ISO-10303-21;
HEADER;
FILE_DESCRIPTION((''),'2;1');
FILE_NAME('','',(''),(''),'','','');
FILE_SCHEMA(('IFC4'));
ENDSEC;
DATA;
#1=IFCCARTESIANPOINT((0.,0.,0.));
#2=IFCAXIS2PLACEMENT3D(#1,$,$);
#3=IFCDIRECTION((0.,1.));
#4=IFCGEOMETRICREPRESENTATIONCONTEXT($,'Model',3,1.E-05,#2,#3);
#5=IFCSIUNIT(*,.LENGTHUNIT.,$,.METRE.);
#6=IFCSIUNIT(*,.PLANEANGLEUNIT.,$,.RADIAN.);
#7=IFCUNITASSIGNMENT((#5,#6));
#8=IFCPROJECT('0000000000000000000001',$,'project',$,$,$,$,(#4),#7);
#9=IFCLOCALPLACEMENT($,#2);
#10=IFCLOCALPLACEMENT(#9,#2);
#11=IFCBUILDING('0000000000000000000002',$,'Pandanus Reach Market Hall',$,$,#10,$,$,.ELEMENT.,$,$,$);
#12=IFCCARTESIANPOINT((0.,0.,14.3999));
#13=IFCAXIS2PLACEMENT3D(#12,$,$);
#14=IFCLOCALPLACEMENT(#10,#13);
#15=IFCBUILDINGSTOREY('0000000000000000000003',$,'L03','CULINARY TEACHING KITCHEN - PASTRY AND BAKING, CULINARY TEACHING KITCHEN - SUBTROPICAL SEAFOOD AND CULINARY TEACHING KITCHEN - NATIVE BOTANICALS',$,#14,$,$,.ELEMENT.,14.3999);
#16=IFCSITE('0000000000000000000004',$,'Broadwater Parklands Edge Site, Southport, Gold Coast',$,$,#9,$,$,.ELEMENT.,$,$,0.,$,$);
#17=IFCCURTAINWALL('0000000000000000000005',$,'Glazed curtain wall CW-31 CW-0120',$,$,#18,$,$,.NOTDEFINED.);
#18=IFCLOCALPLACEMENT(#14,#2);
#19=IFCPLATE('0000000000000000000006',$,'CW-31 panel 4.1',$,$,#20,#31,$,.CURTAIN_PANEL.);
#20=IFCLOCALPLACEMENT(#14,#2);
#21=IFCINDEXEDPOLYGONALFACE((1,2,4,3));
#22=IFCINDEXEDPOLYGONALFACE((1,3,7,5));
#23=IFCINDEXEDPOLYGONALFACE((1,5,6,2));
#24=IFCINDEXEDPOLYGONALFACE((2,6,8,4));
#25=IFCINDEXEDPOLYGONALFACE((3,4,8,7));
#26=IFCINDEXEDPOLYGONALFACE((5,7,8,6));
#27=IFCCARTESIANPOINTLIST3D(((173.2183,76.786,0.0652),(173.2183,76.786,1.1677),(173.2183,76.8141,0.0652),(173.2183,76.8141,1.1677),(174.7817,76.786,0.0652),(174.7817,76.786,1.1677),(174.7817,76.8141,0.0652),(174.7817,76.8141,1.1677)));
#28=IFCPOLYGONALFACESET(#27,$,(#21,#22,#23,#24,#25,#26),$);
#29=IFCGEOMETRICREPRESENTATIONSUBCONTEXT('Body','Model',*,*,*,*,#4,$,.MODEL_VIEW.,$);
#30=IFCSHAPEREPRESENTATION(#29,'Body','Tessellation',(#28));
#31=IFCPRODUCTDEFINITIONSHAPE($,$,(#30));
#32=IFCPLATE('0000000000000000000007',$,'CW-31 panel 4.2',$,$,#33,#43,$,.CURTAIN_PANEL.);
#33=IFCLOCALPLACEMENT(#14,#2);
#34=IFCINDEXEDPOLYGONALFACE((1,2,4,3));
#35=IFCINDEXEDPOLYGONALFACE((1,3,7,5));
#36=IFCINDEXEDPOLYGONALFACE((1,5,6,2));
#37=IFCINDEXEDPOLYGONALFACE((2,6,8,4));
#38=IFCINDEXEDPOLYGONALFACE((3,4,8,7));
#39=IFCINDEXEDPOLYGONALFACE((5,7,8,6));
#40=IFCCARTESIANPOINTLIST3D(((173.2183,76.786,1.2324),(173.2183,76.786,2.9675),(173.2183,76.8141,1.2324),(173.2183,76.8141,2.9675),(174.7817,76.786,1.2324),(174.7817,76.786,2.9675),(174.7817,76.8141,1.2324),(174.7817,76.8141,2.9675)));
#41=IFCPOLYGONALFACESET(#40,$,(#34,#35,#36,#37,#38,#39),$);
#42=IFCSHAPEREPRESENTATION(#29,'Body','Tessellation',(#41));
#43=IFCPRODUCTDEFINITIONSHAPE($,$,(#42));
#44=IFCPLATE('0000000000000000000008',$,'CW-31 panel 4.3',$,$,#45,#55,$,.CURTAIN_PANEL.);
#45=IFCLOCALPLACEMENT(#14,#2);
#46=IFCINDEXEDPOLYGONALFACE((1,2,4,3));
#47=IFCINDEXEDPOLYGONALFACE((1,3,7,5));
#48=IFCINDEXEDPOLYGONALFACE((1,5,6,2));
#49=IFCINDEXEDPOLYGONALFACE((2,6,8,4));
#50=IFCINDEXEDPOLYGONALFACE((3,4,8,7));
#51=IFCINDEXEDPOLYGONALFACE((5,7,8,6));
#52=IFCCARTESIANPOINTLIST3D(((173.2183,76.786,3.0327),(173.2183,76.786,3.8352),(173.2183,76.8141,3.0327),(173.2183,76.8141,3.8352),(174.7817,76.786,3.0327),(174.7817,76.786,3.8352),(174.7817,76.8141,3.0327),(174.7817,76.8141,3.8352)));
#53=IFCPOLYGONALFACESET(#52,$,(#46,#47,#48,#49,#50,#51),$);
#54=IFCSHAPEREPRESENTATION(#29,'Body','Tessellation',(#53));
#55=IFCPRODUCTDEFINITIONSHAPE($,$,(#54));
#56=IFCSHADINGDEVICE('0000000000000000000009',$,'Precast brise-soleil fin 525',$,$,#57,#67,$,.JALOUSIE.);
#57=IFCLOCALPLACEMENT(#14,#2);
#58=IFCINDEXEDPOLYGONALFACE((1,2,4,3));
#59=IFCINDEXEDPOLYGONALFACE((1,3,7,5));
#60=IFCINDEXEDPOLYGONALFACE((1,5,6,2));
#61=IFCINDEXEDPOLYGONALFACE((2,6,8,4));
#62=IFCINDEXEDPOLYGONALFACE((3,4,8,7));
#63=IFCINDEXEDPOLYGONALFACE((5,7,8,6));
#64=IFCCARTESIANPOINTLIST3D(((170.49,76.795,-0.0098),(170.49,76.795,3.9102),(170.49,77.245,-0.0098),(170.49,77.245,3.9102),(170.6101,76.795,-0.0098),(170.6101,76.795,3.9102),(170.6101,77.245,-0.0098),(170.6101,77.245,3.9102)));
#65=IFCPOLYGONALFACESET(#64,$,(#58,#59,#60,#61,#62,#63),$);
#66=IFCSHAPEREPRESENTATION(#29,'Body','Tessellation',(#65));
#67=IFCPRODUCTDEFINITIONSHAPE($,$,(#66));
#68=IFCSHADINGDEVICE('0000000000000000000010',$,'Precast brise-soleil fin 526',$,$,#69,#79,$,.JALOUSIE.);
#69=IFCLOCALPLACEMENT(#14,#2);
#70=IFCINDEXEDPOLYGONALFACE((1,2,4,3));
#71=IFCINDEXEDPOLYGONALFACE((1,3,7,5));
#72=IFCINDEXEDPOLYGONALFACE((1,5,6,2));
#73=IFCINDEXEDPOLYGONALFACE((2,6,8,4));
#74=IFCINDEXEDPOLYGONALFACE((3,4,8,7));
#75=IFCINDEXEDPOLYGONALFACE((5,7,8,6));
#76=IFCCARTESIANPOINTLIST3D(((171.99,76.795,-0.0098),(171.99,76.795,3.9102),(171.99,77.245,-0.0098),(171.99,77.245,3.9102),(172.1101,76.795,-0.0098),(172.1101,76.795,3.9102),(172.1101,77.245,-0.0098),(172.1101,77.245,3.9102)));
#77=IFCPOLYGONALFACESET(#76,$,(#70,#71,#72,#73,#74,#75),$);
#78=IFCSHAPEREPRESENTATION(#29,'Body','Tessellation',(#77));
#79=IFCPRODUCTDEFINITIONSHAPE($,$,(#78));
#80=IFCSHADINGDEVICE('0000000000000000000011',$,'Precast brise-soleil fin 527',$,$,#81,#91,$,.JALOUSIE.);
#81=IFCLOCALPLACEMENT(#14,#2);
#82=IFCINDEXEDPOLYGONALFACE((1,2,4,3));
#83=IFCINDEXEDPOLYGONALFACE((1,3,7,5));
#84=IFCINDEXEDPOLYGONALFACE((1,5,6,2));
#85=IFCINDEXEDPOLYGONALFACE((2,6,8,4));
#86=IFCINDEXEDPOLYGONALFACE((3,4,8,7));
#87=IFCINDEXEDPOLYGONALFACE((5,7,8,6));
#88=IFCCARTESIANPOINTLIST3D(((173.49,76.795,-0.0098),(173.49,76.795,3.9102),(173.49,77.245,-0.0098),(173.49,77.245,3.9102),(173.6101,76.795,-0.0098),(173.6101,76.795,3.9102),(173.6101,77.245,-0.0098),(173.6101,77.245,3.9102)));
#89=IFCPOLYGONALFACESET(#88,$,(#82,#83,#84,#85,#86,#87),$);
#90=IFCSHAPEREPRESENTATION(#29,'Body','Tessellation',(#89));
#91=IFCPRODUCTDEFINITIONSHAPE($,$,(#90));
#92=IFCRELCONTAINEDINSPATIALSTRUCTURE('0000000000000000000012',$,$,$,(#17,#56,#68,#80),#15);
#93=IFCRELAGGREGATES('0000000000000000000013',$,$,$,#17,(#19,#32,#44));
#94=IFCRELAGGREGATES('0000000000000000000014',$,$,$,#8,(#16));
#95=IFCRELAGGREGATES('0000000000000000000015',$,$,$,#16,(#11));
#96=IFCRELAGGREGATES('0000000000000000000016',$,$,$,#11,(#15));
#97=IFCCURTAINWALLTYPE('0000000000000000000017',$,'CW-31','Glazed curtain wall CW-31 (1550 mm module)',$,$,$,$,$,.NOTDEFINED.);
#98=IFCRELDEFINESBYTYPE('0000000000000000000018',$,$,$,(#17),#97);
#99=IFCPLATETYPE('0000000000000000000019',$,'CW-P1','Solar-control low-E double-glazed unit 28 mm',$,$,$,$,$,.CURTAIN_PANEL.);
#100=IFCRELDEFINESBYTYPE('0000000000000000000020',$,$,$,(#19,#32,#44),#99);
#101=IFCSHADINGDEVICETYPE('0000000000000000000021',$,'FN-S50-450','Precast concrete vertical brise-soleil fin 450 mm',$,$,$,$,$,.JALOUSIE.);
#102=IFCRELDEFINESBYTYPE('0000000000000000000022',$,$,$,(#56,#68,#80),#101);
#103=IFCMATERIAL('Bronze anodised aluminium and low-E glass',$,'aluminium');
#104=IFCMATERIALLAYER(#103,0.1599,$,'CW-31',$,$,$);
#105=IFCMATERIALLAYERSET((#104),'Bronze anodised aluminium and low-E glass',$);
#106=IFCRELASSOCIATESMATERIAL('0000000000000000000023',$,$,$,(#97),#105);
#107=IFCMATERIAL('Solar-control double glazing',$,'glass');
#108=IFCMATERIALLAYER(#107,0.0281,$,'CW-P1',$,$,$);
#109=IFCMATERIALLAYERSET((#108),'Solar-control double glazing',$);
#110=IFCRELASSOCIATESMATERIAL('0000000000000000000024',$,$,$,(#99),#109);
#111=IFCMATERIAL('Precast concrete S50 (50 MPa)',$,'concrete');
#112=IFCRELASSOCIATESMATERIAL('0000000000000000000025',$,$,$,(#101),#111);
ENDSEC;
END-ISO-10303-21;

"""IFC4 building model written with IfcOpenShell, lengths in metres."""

from ifc_helpers import new_model, si_unit, direction, frame, origin, origin_2d, place, context, subcontext, project, spatial, rectangle, extrude, material, layer, layer_set, type_object, element, aggregate, save


model = new_model("IFC4")

# Units and contexts
model_context = context("Model", 3, precision=1e-05, world=origin(), true_north=direction((0.0, 1.0)))
body_context = subcontext(model_context, "Body", "Model", "MODEL_VIEW")
ifc_project = project(units=[si_unit("LENGTHUNIT", "METRE"), si_unit("PLANEANGLEUNIT", "RADIAN")], contexts=[model_context])

# Site, building, storey
site_placement = place(None, origin())
site = spatial("IfcSite", under=ifc_project, at=site_placement, Name="Broadwater Parklands Edge Site, Southport, Gold Coast", CompositionType="ELEMENT", RefElevation=0.0)
building_placement = place(site_placement, origin())
building = spatial("IfcBuilding", under=site, at=building_placement, Name="Pandanus Reach Market Hall", CompositionType="ELEMENT")
storey_placement = place(building_placement, frame((0.0, 0.0, 14.3999)))
storey = spatial("IfcBuildingStorey", under=building, at=storey_placement, Name="L03", Description="CULINARY TEACHING KITCHEN - PASTRY AND BAKING, CULINARY TEACHING KITCHEN - SUBTROPICAL SEAFOOD AND CULINARY TEACHING KITCHEN - NATIVE BOTANICALS", CompositionType="ELEMENT", Elevation=14.3999)

# Curtain wall, plates
ifc_material_1 = material(Name="Bronze anodised aluminium and low-E glass", Category="aluminium")
ifc_layer_1 = layer(ifc_material_1, 0.1599, Name="CW-31")
ifc_layer_set_1 = layer_set([ifc_layer_1], Name="Bronze anodised aluminium and low-E glass")
curtain_wall_type = type_object("IfcCurtainWallType", Name="CW-31", Description="Glazed curtain wall CW-31 (1550 mm module)", PredefinedType="NOTDEFINED", material=ifc_layer_set_1)
curtain_wall_placement = place(storey_placement, origin())
curtain_wall = element("IfcCurtainWall", 1, at=curtain_wall_placement, inside=storey, type_object=curtain_wall_type, Name="Glazed curtain wall CW-31 CW-0120", PredefinedType="NOTDEFINED")
ifc_material_2 = material(Name="Solar-control double glazing", Category="glass")
ifc_layer_2 = layer(ifc_material_2, 0.0281, Name="CW-P1")
ifc_layer_set_2 = layer_set([ifc_layer_2], Name="Solar-control double glazing")
plate_type = type_object("IfcPlateType", Name="CW-P1", Description="Solar-control low-E double-glazed unit 28 mm", PredefinedType="CURTAIN_PANEL", material=ifc_layer_set_2)
plate_1_placement = place(storey_placement, frame((174.0, 76.8, 0.0652), z_axis=(0.0, 0.0, 1.0), x_axis=(1.0, 0.0, 0.0)))
plate_1 = element("IfcPlate", 2, at=plate_1_placement, type_object=plate_type, Name="CW-31 panel 4.1", PredefinedType="CURTAIN_PANEL", context=body_context, shape_type="SweptSolid", body=[
    extrude(rectangle(XDim=1.5635, YDim=0.0281, at=origin_2d()), origin(), (0.0, 0.0, 1.0), 1.1025),
])
plate_2_placement = place(storey_placement, frame((174.0, 76.8, 1.2324), z_axis=(0.0, 0.0, 1.0), x_axis=(1.0, 0.0, 0.0)))
plate_2 = element("IfcPlate", 3, at=plate_2_placement, type_object=plate_type, Name="CW-31 panel 4.2", PredefinedType="CURTAIN_PANEL", context=body_context, shape_type="SweptSolid", body=[
    extrude(rectangle(XDim=1.5635, YDim=0.0281, at=origin_2d()), origin(), (0.0, 0.0, 1.0), 1.7351),
])
plate_3_placement = place(storey_placement, frame((174.0, 76.8, 3.0327), z_axis=(0.0, 0.0, 1.0), x_axis=(1.0, 0.0, 0.0)))
plate_3 = element("IfcPlate", 4, at=plate_3_placement, type_object=plate_type, Name="CW-31 panel 4.3", PredefinedType="CURTAIN_PANEL", context=body_context, shape_type="SweptSolid", body=[
    extrude(rectangle(XDim=1.5635, YDim=0.0281, at=origin_2d()), origin(), (0.0, 0.0, 1.0), 0.8025),
])
aggregate(curtain_wall, [plate_1, plate_2, plate_3])

# Shading devices
ifc_material_3 = material(Name="Precast concrete S50 (50 MPa)", Category="concrete")
shading_device_type = type_object("IfcShadingDeviceType", Name="FN-S50-450", Description="Precast concrete vertical brise-soleil fin 450 mm", PredefinedType="JALOUSIE", material=ifc_material_3)
for number, where, z_axis, x_axis, name in (
    (5, (170.55, 77.02, -0.0098), (0.0, 0.0, 1.0), (0.0, 1.0, 0.0), "Precast brise-soleil fin 525"),
    (6, (172.05, 77.02, -0.0098), (0.0, 0.0, 1.0), (0.0, 1.0, 0.0), "Precast brise-soleil fin 526"),
    (7, (173.55, 77.02, -0.0098), (0.0, 0.0, 1.0), (0.0, 1.0, 0.0), "Precast brise-soleil fin 527"),
):
    element("IfcShadingDevice", number, at=place(storey_placement, frame(where, z_axis=z_axis, x_axis=x_axis)), inside=storey, type_object=shading_device_type, Name=name, PredefinedType="JALOUSIE", context=body_context, shape_type="SweptSolid", body=[
        extrude(rectangle(XDim=0.45, YDim=0.1201, at=origin_2d()), origin(), (0.0, 0.0, 1.0), 3.9199),
    ])

save(model, "model.ifc")
